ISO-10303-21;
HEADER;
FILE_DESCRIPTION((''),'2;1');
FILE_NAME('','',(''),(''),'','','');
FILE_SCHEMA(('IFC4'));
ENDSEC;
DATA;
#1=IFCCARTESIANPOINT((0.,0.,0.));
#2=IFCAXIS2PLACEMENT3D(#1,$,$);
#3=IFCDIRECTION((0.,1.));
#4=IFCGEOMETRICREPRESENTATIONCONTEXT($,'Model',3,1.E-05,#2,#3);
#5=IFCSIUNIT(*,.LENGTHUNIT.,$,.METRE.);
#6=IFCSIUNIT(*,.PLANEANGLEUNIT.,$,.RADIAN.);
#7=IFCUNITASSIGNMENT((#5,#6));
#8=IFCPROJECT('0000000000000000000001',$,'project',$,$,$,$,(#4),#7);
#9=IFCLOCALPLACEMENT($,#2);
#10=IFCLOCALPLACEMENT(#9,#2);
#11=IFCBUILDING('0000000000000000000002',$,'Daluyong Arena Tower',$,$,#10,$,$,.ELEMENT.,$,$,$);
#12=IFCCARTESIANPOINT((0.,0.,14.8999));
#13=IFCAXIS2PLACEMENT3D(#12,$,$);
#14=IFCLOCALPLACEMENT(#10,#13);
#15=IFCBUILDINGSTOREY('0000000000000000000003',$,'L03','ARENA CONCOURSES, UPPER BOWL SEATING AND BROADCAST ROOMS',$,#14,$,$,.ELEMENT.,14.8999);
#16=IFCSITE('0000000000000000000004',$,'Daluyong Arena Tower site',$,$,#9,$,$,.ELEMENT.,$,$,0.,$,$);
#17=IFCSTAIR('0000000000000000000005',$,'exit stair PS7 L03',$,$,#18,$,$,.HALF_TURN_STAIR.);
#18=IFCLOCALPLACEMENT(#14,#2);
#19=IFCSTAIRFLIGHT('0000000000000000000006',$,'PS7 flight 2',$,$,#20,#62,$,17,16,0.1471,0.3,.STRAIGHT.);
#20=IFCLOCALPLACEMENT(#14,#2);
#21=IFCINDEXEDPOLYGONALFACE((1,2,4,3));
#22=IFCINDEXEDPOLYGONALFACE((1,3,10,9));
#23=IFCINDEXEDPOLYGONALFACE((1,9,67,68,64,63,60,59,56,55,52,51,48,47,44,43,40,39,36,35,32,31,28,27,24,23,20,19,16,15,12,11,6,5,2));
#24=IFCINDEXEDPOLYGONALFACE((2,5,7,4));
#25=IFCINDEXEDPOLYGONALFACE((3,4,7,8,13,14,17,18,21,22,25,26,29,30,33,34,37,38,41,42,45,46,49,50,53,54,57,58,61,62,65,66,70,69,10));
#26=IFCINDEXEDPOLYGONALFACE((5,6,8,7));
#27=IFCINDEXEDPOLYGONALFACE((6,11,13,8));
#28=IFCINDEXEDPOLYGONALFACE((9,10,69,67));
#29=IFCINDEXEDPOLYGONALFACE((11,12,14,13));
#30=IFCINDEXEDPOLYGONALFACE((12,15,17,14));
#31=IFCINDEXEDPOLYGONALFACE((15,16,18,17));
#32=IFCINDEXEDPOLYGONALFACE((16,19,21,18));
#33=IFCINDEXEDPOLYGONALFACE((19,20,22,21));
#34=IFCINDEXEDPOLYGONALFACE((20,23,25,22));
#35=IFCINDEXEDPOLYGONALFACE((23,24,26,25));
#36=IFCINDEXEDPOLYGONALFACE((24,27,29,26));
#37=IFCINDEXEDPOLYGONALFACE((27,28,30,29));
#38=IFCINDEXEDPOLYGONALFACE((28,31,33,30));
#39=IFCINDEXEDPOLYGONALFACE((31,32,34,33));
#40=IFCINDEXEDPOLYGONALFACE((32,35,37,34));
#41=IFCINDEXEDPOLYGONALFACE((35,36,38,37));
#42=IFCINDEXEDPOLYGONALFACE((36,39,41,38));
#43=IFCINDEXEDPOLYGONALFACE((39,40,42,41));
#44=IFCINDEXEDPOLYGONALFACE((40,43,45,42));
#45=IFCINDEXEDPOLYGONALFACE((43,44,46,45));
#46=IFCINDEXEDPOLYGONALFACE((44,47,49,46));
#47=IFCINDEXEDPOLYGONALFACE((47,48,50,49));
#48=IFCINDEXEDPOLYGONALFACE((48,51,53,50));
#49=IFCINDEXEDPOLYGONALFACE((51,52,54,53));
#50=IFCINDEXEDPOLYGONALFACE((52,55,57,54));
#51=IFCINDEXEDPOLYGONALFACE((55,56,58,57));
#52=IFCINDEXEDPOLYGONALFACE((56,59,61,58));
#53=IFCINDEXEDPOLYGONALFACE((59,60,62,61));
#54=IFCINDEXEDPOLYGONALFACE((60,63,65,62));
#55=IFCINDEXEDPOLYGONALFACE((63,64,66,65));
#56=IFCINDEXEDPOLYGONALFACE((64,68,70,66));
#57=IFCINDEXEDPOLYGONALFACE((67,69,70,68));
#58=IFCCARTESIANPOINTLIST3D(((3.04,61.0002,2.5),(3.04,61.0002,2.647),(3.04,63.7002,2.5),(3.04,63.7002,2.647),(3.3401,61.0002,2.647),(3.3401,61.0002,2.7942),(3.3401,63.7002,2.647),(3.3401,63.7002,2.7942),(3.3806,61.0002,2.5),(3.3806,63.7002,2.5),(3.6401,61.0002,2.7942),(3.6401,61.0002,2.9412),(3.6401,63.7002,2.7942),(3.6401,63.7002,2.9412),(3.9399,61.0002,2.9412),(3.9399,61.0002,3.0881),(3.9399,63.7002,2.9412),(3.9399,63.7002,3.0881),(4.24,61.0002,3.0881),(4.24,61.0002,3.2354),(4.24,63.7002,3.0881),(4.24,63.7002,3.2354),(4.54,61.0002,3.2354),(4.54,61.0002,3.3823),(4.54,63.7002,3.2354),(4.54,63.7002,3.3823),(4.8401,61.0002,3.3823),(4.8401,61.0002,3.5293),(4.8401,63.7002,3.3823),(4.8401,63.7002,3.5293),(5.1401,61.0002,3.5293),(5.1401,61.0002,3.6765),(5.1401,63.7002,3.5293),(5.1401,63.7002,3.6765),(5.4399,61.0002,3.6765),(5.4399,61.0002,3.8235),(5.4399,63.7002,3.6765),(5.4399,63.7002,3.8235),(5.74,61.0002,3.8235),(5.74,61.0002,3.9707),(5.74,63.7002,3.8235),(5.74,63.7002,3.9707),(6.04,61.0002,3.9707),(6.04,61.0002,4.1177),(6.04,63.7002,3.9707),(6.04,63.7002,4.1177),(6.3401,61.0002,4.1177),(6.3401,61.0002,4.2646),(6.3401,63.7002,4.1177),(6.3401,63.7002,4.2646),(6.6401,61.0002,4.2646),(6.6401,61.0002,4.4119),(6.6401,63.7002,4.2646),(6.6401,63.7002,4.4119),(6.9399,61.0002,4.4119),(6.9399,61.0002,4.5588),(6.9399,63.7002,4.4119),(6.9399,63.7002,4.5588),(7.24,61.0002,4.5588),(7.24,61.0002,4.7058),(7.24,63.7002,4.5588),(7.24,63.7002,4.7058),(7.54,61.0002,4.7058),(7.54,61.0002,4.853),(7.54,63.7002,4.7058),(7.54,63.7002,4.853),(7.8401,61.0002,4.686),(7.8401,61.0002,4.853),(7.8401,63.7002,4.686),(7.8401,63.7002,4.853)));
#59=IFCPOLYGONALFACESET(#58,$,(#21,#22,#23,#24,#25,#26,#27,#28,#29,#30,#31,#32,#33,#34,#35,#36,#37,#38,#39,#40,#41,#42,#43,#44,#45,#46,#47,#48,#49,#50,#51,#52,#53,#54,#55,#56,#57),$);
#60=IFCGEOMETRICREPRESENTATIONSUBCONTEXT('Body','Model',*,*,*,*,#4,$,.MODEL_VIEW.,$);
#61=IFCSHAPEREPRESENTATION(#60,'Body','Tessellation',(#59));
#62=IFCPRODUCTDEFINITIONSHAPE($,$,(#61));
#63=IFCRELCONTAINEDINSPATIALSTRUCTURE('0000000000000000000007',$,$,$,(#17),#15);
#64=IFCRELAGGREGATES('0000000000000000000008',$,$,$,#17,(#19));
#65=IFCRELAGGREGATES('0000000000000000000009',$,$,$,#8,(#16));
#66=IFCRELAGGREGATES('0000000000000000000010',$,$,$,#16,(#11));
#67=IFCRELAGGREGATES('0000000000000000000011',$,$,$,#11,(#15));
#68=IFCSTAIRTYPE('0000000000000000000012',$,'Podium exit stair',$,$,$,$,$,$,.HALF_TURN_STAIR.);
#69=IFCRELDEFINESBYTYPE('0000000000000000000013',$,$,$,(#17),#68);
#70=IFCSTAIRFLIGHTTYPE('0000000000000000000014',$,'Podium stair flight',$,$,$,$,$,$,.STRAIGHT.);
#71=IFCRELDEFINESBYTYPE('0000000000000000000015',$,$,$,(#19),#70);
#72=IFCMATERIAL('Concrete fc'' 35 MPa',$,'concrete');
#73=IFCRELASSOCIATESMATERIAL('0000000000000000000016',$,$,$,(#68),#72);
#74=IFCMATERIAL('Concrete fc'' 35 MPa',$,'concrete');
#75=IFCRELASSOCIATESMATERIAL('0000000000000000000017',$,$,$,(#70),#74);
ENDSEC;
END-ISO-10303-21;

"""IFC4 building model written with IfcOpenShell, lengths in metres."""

from ifc_helpers import new_model, si_unit, direction, frame, origin, place, context, subcontext, project, spatial, polyline, outline, extrude, material, type_object, element, aggregate, save


model = new_model("IFC4")

# Units and contexts
model_context = context("Model", 3, precision=1e-05, world=origin(), true_north=direction((0.0, 1.0)))
body_context = subcontext(model_context, "Body", "Model", "MODEL_VIEW")
ifc_project = project(units=[si_unit("LENGTHUNIT", "METRE"), si_unit("PLANEANGLEUNIT", "RADIAN")], contexts=[model_context])

# Site, building, storey
site_placement = place(None, origin())
site = spatial("IfcSite", under=ifc_project, at=site_placement, Name="Daluyong Arena Tower site", CompositionType="ELEMENT", RefElevation=0.0)
building_placement = place(site_placement, origin())
building = spatial("IfcBuilding", under=site, at=building_placement, Name="Daluyong Arena Tower", CompositionType="ELEMENT")
storey_placement = place(building_placement, frame((0.0, 0.0, 14.8999)))
storey = spatial("IfcBuildingStorey", under=building, at=storey_placement, Name="L03", Description="ARENA CONCOURSES, UPPER BOWL SEATING AND BROADCAST ROOMS", CompositionType="ELEMENT", Elevation=14.8999)

# Stair, stair flight
ifc_material_1 = material(Name="Concrete fc' 35 MPa", Category="concrete")
stair_type = type_object("IfcStairType", Name="Podium exit stair", PredefinedType="HALF_TURN_STAIR", material=ifc_material_1)
stair_placement = place(storey_placement, origin())
stair = element("IfcStair", 1, at=stair_placement, inside=storey, type_object=stair_type, Name="exit stair PS7 L03", PredefinedType="HALF_TURN_STAIR")
ifc_material_2 = material(Name="Concrete fc' 35 MPa", Category="concrete")
stair_flight_type = type_object("IfcStairFlightType", Name="Podium stair flight", PredefinedType="STRAIGHT", material=ifc_material_2)
stair_flight_1_placement = place(storey_placement, frame((3.04, 62.3501, 2.5), z_axis=(0.0, 0.0, 1.0), x_axis=(1.0, 0.0, 0.0)))
stair_flight_1 = element("IfcStairFlight", 2, at=stair_flight_1_placement, type_object=stair_flight_type, Name="PS7 flight 2", NumberOfRisers=17, NumberOfTreads=16, PredefinedType="STRAIGHT", RiserHeight=0.1471, TreadLength=0.3, context=body_context, shape_type="SweptSolid", body=[
    extrude(outline(polyline([(0.0, 0.0), (0.0, 0.147), (0.3, 0.147), (0.3, 0.2942), (0.6001, 0.2942), (0.6001, 0.4412), (0.8999, 0.4412), (0.8999, 0.5881), (1.2, 0.5881), (1.2, 0.7354), (1.5, 0.7354), (1.5, 0.8823), (1.8, 0.8823), (1.8, 1.0293), (2.1001, 1.0293), (2.1001, 1.1765), (2.3999, 1.1765), (2.3999, 1.3235), (2.7, 1.3235), (2.7, 1.4707), (3.0, 1.4707), (3.0, 1.6177), (3.3, 1.6177), (3.3, 1.7646), (3.6001, 1.7646), (3.6001, 1.9119), (3.8999, 1.9119), (3.8999, 2.0588), (4.2, 2.0588), (4.2, 2.2058), (4.5, 2.2058), (4.5, 2.353), (4.8, 2.353), (4.8, 2.5), (4.8, 2.186), (0.3406, 0.0), (0.0, 0.0)])), frame((0.0, 1.3501, 0.0), z_axis=(0.0, -1.0, 0.0), x_axis=(1.0, 0.0, 0.0)), (0.0, 0.0, 1.0), 2.7),
])
aggregate(stair, [stair_flight_1])

save(model, "model.ifc")
